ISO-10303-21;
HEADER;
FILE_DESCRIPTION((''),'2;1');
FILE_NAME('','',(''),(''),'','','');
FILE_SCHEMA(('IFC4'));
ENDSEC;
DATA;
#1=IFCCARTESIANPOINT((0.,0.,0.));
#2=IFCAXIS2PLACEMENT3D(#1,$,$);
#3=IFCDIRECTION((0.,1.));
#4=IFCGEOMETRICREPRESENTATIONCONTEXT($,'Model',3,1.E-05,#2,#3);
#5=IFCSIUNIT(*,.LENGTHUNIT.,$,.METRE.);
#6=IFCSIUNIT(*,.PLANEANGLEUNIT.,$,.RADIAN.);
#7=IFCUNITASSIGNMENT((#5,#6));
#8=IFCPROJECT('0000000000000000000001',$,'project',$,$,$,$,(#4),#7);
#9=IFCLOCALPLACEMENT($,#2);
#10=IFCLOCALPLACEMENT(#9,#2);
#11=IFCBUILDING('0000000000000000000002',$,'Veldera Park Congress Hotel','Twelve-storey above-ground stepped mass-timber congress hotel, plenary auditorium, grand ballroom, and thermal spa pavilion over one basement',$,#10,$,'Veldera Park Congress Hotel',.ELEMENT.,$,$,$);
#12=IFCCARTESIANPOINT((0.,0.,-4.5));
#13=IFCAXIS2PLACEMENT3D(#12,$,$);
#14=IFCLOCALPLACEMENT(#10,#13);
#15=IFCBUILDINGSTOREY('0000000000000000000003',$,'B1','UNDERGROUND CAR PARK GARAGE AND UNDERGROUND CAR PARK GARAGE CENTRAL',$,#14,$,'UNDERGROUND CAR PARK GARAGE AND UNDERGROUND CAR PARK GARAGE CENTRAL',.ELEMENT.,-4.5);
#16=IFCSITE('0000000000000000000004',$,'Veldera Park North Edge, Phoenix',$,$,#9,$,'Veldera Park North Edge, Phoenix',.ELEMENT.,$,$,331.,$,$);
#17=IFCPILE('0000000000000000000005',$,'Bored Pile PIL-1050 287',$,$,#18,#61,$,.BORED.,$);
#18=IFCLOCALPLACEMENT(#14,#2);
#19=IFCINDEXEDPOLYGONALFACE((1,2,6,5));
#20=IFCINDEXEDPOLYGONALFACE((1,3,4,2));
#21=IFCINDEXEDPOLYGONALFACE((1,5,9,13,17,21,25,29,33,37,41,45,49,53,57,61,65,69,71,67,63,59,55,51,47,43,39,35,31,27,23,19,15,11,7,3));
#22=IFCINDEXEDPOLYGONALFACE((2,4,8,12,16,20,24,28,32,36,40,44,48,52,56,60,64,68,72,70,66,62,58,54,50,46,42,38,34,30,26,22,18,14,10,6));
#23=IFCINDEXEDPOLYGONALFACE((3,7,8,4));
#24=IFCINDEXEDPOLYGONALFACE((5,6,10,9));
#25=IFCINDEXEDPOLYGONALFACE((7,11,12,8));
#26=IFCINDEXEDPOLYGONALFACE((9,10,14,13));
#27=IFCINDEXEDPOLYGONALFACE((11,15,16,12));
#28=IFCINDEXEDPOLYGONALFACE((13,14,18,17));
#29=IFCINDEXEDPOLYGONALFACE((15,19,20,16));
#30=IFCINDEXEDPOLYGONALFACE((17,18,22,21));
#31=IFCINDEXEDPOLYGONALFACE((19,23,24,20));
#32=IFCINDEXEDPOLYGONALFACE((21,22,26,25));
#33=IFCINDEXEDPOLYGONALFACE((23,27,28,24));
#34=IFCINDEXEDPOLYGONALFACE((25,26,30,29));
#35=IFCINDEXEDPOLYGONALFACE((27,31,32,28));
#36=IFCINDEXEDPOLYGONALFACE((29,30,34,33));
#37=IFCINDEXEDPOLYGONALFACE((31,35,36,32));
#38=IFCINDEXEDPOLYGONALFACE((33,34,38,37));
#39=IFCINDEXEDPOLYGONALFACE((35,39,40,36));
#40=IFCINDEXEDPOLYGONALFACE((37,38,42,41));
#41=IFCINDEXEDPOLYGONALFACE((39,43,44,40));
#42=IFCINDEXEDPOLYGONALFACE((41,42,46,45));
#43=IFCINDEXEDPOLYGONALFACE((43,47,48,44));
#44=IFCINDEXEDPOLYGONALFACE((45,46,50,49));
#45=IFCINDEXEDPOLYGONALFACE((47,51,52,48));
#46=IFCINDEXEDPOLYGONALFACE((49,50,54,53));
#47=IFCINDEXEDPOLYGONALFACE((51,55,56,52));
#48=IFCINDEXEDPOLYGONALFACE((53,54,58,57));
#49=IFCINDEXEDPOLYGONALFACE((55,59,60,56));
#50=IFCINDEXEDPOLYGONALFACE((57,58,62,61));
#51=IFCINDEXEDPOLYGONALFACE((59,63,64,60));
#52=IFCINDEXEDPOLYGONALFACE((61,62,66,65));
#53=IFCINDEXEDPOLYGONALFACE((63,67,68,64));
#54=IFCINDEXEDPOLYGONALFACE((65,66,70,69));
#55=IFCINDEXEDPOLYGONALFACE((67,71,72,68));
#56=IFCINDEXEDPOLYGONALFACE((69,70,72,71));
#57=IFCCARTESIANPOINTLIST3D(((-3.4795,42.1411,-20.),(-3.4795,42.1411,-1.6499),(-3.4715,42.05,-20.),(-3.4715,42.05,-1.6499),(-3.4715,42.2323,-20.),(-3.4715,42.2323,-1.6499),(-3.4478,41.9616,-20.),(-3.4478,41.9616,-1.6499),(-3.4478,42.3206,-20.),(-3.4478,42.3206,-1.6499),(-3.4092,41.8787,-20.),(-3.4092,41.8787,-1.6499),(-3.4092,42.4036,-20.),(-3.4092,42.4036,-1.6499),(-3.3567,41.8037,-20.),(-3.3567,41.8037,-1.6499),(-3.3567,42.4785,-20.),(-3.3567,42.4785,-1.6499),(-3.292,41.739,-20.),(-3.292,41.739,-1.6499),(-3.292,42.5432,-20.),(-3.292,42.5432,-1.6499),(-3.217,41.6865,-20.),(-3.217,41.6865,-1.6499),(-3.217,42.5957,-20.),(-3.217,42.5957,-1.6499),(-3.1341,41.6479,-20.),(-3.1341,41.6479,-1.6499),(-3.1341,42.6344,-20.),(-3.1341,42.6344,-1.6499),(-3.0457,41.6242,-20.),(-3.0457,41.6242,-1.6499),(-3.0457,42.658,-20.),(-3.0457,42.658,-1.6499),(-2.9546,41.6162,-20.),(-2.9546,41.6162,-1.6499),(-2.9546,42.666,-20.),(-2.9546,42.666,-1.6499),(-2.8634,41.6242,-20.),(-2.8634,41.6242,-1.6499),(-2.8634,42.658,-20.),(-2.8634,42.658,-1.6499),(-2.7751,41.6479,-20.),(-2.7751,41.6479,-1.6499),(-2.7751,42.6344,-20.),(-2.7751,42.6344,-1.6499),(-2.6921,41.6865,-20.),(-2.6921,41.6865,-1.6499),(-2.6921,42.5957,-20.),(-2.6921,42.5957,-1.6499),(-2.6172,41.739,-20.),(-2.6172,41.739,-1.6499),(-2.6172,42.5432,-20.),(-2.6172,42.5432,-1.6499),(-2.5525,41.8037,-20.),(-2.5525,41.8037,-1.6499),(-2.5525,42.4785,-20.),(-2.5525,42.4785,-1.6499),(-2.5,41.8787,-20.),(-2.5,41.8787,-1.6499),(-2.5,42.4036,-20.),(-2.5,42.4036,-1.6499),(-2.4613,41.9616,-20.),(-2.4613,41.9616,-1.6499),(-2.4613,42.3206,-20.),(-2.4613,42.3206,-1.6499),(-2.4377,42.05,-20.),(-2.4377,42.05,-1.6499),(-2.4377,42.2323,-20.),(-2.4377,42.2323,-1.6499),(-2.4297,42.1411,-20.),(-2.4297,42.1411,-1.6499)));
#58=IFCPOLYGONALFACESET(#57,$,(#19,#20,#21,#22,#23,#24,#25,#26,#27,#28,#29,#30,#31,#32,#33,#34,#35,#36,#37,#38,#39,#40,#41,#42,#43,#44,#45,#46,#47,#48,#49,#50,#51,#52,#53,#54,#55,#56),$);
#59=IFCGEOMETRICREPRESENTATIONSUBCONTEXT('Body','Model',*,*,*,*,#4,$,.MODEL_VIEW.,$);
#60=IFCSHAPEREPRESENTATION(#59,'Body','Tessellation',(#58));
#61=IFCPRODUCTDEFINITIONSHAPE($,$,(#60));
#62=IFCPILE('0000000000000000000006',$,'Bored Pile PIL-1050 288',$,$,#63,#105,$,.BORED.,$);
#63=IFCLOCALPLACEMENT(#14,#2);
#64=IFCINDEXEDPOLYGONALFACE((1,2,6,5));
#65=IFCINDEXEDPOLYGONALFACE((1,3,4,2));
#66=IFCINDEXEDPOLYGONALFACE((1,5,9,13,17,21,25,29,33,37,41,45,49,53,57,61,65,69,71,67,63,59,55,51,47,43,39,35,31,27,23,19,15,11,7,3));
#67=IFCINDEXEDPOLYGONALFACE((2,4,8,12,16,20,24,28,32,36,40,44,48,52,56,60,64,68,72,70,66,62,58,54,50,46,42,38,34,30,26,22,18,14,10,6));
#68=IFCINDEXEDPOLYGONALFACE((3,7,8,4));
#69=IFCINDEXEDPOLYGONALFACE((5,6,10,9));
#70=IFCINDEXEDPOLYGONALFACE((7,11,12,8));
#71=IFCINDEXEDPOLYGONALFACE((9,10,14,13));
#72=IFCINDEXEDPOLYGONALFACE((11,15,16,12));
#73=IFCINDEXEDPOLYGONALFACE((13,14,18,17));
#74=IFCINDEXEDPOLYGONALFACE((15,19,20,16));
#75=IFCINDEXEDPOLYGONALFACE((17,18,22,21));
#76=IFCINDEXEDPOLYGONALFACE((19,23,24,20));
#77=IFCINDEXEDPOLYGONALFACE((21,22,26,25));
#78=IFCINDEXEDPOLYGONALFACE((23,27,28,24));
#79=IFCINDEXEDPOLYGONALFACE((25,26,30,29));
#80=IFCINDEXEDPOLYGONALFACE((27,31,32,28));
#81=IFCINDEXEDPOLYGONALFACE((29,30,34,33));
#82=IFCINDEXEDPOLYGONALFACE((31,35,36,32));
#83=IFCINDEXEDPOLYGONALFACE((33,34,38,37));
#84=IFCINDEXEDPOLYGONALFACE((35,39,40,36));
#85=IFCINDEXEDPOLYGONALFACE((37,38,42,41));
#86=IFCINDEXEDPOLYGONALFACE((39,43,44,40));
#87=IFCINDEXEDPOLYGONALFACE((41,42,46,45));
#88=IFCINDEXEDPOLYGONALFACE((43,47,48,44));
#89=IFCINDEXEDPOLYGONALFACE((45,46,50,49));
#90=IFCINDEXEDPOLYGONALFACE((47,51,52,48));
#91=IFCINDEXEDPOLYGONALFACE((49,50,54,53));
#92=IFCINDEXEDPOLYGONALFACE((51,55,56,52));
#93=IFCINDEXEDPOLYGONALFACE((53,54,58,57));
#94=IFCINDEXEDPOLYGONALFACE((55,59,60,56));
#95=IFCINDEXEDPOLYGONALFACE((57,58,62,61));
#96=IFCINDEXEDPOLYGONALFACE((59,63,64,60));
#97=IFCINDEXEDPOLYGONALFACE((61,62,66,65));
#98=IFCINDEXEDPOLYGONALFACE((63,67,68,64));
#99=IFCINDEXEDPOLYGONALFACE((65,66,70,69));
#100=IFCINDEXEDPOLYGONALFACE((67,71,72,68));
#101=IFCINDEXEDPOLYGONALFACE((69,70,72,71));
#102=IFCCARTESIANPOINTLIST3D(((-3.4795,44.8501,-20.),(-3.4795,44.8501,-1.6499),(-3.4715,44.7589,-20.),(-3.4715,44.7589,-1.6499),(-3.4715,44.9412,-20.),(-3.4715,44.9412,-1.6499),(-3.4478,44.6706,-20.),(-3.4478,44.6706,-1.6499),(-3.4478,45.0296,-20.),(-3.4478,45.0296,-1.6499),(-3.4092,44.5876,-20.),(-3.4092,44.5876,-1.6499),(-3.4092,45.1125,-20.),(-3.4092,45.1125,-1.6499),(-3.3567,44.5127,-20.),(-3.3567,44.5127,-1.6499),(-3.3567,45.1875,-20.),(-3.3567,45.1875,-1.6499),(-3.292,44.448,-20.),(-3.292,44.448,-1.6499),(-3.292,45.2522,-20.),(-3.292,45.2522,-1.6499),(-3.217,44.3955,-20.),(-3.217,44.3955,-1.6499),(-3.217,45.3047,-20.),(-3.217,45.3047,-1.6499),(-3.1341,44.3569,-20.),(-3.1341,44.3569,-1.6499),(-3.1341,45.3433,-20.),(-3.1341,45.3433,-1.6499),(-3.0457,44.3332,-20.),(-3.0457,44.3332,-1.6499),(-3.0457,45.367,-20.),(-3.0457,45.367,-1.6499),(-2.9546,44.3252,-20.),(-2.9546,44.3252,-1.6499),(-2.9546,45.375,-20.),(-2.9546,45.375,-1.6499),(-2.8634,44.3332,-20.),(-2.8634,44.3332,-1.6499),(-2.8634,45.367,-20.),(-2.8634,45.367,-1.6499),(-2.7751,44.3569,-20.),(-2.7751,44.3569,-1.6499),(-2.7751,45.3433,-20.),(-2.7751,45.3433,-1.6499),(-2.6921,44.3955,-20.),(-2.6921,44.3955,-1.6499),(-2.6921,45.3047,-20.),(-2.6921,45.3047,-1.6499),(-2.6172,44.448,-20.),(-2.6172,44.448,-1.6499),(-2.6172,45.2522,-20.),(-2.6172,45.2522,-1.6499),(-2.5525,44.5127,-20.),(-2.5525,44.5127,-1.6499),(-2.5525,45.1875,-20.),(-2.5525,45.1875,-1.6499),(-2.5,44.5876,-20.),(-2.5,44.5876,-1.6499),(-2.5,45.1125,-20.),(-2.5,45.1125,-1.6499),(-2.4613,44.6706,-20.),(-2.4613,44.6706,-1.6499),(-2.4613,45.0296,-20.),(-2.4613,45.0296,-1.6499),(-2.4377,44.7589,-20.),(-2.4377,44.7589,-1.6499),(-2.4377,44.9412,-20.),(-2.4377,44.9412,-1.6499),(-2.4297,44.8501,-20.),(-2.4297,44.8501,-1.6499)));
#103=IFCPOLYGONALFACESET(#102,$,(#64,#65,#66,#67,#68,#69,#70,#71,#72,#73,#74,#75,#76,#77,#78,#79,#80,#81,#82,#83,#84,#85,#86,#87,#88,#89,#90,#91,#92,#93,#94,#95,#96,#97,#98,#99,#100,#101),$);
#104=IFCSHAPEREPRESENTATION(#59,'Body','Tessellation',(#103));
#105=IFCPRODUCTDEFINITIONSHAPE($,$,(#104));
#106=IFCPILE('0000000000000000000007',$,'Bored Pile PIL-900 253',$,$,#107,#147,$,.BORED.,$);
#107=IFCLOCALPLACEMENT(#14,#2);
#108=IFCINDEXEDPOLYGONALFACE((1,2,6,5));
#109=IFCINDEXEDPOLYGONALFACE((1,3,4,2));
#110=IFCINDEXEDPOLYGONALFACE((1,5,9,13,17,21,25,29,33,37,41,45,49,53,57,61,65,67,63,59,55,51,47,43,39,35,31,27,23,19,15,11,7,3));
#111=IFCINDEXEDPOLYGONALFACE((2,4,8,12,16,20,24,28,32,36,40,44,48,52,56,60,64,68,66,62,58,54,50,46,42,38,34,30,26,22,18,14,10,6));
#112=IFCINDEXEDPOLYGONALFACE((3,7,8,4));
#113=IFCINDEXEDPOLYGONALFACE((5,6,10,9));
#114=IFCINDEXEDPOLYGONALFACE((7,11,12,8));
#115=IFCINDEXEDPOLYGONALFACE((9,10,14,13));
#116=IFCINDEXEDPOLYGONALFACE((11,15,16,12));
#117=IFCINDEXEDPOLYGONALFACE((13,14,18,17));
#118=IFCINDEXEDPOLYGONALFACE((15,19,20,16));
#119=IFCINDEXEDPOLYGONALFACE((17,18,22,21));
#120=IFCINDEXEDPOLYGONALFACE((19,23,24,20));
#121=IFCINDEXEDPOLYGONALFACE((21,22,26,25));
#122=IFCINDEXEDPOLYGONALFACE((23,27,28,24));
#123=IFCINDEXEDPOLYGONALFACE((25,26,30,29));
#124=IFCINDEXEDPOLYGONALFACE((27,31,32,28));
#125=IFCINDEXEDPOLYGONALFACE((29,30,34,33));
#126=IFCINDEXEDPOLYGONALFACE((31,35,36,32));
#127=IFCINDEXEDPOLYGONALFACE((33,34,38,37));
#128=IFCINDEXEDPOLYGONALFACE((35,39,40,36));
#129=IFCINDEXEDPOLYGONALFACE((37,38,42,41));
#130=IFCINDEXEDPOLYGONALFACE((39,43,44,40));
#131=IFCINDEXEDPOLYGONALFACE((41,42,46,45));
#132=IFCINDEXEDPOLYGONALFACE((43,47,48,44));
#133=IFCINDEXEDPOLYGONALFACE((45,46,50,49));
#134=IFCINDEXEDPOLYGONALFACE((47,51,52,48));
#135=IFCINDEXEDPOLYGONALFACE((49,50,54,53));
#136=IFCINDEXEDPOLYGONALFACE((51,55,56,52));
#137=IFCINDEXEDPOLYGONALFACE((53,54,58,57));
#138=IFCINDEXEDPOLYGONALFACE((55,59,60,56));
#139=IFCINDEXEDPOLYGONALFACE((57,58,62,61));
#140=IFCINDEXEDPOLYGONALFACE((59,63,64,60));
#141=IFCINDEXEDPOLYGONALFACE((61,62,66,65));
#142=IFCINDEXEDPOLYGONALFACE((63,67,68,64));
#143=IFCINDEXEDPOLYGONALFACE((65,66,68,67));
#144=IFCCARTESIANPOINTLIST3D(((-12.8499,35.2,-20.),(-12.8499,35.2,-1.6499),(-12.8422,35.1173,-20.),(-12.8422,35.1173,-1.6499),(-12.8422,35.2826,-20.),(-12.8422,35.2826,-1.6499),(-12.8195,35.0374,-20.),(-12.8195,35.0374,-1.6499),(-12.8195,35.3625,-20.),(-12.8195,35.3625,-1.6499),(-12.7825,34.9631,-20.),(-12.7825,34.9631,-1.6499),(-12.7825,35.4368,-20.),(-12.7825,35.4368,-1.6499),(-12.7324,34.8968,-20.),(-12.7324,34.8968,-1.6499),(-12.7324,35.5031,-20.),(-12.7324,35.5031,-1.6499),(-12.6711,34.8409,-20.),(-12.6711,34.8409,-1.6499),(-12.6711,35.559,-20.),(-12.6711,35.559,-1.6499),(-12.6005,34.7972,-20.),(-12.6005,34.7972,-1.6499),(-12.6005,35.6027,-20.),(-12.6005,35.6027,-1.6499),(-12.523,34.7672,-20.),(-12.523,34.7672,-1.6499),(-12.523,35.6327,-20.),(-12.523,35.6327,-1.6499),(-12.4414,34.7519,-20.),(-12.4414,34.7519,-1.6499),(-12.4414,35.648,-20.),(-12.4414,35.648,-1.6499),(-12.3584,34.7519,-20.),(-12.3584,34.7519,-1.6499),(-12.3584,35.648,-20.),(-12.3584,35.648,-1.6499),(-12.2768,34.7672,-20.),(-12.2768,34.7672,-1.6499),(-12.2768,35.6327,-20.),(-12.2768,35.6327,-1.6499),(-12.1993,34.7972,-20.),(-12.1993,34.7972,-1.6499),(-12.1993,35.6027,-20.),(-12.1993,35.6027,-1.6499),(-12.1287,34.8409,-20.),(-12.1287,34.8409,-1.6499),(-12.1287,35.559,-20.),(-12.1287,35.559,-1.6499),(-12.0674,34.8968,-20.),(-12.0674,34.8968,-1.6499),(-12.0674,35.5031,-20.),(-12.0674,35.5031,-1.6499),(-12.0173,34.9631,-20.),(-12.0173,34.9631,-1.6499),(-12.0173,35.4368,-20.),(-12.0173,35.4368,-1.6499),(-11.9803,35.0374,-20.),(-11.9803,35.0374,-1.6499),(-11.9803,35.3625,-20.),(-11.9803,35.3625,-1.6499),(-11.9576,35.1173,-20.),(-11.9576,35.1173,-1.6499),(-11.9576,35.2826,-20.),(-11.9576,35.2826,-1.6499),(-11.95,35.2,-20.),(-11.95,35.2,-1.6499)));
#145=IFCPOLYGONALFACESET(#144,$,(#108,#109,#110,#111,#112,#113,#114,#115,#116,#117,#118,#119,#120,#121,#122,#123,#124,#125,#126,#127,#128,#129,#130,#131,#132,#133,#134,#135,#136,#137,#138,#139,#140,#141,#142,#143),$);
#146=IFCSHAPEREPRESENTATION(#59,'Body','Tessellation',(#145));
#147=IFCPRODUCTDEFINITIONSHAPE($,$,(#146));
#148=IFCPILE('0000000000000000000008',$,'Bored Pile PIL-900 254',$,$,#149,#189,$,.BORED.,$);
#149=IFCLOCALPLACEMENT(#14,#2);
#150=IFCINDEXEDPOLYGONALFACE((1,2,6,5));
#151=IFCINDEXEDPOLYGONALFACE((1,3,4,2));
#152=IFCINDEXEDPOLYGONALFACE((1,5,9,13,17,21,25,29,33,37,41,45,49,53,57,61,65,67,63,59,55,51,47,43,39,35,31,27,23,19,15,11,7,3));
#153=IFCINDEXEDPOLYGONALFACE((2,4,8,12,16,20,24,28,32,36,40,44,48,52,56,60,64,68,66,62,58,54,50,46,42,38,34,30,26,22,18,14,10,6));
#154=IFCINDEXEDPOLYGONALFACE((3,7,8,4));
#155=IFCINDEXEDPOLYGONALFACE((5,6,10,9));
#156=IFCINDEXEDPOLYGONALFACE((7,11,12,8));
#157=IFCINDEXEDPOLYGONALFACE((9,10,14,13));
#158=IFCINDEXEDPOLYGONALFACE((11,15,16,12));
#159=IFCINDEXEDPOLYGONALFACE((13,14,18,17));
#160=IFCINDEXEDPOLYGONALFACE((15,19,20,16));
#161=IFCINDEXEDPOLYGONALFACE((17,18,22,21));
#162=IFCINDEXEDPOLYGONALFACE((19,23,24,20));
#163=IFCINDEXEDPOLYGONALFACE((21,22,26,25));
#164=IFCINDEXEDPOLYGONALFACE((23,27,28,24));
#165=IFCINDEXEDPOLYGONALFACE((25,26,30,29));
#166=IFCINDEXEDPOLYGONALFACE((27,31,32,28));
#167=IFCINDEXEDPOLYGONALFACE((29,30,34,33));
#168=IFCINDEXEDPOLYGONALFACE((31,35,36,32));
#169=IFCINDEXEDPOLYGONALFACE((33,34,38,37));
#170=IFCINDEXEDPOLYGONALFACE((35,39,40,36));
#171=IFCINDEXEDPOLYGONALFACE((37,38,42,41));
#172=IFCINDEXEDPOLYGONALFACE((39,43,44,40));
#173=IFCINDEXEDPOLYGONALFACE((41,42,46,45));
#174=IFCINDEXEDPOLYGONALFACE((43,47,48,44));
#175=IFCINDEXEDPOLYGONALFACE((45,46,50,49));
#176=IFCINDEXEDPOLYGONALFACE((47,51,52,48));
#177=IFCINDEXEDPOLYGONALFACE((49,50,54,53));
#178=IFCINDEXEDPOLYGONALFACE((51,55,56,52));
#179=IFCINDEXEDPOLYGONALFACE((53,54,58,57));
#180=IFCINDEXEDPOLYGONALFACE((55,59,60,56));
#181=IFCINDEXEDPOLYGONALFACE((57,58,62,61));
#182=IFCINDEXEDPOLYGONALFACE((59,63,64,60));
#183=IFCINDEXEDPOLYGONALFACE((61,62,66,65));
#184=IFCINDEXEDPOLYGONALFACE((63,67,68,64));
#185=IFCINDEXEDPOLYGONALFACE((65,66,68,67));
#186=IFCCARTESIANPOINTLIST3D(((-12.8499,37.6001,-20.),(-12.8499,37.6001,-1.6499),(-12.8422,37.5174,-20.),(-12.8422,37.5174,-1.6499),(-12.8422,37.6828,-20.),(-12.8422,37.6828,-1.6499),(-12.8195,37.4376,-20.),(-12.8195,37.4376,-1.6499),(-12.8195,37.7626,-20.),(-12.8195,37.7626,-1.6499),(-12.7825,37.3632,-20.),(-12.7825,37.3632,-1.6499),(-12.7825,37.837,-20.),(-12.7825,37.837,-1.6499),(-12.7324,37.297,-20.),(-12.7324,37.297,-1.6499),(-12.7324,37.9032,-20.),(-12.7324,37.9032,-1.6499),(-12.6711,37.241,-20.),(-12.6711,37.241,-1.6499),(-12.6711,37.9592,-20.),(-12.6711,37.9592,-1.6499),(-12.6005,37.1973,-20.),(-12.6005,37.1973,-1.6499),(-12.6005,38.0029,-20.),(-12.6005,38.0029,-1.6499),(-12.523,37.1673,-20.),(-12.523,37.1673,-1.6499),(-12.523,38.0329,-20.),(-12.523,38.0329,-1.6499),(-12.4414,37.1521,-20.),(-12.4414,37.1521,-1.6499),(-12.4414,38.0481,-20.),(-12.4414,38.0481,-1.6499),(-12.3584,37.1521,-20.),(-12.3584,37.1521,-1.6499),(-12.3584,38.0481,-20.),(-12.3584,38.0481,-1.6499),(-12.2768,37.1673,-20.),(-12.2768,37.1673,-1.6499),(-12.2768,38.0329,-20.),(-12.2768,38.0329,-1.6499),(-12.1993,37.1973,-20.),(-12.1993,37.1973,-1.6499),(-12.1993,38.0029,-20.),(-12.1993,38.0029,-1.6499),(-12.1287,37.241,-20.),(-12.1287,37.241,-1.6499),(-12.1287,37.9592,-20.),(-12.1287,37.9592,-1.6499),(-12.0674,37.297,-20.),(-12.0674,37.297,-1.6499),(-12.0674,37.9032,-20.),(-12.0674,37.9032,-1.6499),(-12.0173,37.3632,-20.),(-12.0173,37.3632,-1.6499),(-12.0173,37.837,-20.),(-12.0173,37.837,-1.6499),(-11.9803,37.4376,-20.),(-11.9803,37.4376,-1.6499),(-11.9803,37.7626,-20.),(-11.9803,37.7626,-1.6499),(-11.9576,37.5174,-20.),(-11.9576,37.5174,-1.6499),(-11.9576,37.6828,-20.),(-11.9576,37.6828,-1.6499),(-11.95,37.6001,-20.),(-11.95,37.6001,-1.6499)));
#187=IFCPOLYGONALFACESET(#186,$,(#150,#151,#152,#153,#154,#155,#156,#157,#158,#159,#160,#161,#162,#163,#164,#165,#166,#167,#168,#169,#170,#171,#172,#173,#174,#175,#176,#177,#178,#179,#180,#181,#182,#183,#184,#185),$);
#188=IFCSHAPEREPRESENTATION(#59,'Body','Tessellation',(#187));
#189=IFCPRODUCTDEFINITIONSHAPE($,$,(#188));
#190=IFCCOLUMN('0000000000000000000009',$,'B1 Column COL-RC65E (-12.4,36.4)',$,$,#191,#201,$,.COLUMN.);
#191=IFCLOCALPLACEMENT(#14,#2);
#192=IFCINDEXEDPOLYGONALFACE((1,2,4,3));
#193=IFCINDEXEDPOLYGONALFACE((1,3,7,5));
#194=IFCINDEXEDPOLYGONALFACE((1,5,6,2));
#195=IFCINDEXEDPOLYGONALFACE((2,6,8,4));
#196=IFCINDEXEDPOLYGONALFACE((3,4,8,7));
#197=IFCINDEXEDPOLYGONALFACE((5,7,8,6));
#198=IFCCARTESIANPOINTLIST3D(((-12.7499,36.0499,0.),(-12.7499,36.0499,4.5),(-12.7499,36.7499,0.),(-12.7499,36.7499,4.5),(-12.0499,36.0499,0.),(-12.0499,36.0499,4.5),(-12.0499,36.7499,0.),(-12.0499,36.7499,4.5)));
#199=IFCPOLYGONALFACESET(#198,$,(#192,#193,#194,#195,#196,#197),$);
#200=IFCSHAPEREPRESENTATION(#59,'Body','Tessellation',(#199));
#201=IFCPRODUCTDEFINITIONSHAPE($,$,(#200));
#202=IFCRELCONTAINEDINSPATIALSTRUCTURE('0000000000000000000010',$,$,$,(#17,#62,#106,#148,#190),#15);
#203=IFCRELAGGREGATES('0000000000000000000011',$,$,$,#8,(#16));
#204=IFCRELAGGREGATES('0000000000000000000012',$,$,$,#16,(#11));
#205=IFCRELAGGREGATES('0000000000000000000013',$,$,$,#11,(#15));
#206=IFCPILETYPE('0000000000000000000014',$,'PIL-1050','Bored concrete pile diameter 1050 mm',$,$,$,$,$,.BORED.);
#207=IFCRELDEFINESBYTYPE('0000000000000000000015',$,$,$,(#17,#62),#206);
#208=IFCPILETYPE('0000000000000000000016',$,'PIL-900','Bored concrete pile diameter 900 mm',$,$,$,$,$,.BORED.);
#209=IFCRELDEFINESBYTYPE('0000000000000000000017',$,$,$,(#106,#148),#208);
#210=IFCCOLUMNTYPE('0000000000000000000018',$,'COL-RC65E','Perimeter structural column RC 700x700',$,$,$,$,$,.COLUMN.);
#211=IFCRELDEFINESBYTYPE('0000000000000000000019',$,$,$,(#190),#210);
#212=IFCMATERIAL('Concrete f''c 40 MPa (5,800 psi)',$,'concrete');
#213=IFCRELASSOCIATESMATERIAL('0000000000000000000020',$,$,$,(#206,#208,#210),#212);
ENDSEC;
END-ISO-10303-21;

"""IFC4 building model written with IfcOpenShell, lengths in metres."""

from ifc_helpers import new_model, si_unit, direction, frame, origin, origin_2d, place, context, subcontext, project, spatial, rectangle, circle, extrude, material, material_profile, profile_set, type_object, element, save


model = new_model("IFC4")

# Units and contexts
model_context = context("Model", 3, precision=1e-05, world=origin(), true_north=direction((0.0, 1.0)))
body_context = subcontext(model_context, "Body", "Model", "MODEL_VIEW")
ifc_project = project(units=[si_unit("LENGTHUNIT", "METRE"), si_unit("PLANEANGLEUNIT", "RADIAN")], contexts=[model_context])

# Site, building, storey
site_placement = place(None, origin())
site = spatial("IfcSite", under=ifc_project, at=site_placement, Name="Veldera Park North Edge, Phoenix", LongName="Veldera Park North Edge, Phoenix", CompositionType="ELEMENT", RefElevation=331.0)
building_placement = place(site_placement, origin())
building = spatial("IfcBuilding", under=site, at=building_placement, Name="Veldera Park Congress Hotel", Description="Twelve-storey above-ground stepped mass-timber congress hotel, plenary auditorium, grand ballroom, and thermal spa pavilion over one basement", LongName="Veldera Park Congress Hotel", CompositionType="ELEMENT")
storey_placement = place(building_placement, frame((0.0, 0.0, -4.5)))
storey = spatial("IfcBuildingStorey", under=building, at=storey_placement, Name="B1", Description="UNDERGROUND CAR PARK GARAGE AND UNDERGROUND CAR PARK GARAGE CENTRAL", LongName="UNDERGROUND CAR PARK GARAGE AND UNDERGROUND CAR PARK GARAGE CENTRAL", CompositionType="ELEMENT", Elevation=-4.5)

# Shared definitions
ifc_material_1 = material(Name="Concrete f'c 40 MPa (5,800 psi)", Category="concrete")

# Piles
ifc_material_profile_1 = material_profile(ifc_material_1, circle(Radius=0.5249, at=origin_2d()), Name="PILE D1050")
ifc_profile_set_1 = profile_set([ifc_material_profile_1], Name="Concrete f'c 40 MPa (5,800 psi)")
pile_type_1 = type_object("IfcPileType", Name="PIL-1050", Description="Bored concrete pile diameter 1050 mm", PredefinedType="BORED", material=ifc_profile_set_1)
for number, where, z_axis, x_axis, name in (
    (1, (-2.9546, 42.1411, -1.6499), (0.0, 0.0, -1.0), (1.0, 0.0, 0.0), "Bored Pile PIL-1050 287"),
    (2, (-2.9546, 44.8501, -1.6499), (0.0, 0.0, -1.0), (1.0, 0.0, 0.0), "Bored Pile PIL-1050 288"),
):
    element("IfcPile", number, at=place(storey_placement, frame(where, z_axis=z_axis, x_axis=x_axis)), inside=storey, type_object=pile_type_1, Name=name, PredefinedType="BORED", context=body_context, shape_type="SweptSolid", body=[
        extrude(circle(Radius=0.5249, at=origin_2d()), origin(), (0.0, 0.0, 1.0), 18.3501),
    ])
ifc_material_profile_2 = material_profile(ifc_material_1, circle(Radius=0.45, at=origin_2d()), Name="PILE D900")
ifc_profile_set_2 = profile_set([ifc_material_profile_2], Name="Concrete f'c 40 MPa (5,800 psi)")
pile_type_2 = type_object("IfcPileType", Name="PIL-900", Description="Bored concrete pile diameter 900 mm", PredefinedType="BORED", material=ifc_profile_set_2)
for number, where, z_axis, x_axis, name in (
    (3, (-12.3999, 35.2, -1.6499), (0.0, 0.0, -1.0), (1.0, 0.0, 0.0), "Bored Pile PIL-900 253"),
    (4, (-12.3999, 37.6001, -1.6499), (0.0, 0.0, -1.0), (1.0, 0.0, 0.0), "Bored Pile PIL-900 254"),
):
    element("IfcPile", number, at=place(storey_placement, frame(where, z_axis=z_axis, x_axis=x_axis)), inside=storey, type_object=pile_type_2, Name=name, PredefinedType="BORED", context=body_context, shape_type="SweptSolid", body=[
        extrude(circle(Radius=0.45, at=origin_2d()), origin(), (0.0, 0.0, 1.0), 18.3501),
    ])

# Column
ifc_material_profile_3 = material_profile(ifc_material_1, rectangle(XDim=0.7, YDim=0.7, at=origin_2d()), Name="RC 700x700")
ifc_profile_set_3 = profile_set([ifc_material_profile_3], Name="Concrete f'c 40 MPa (5,800 psi)")
column_type_1 = type_object("IfcColumnType", Name="COL-RC65E", Description="Perimeter structural column RC 700x700", PredefinedType="COLUMN", material=ifc_profile_set_3)
column_placement = place(storey_placement, frame((-12.3999, 36.3999, 0.0), z_axis=(0.0, 0.0, 1.0), x_axis=(1.0, 0.0, 0.0)))
element("IfcColumn", 5, at=column_placement, inside=storey, type_object=column_type_1, Name="B1 Column COL-RC65E (-12.4,36.4)", PredefinedType="COLUMN", context=body_context, shape_type="SweptSolid", body=[
    extrude(rectangle(XDim=0.7, YDim=0.7, at=origin_2d()), origin(), (0.0, 0.0, 1.0), 4.5),
])

save(model, "model.ifc")
